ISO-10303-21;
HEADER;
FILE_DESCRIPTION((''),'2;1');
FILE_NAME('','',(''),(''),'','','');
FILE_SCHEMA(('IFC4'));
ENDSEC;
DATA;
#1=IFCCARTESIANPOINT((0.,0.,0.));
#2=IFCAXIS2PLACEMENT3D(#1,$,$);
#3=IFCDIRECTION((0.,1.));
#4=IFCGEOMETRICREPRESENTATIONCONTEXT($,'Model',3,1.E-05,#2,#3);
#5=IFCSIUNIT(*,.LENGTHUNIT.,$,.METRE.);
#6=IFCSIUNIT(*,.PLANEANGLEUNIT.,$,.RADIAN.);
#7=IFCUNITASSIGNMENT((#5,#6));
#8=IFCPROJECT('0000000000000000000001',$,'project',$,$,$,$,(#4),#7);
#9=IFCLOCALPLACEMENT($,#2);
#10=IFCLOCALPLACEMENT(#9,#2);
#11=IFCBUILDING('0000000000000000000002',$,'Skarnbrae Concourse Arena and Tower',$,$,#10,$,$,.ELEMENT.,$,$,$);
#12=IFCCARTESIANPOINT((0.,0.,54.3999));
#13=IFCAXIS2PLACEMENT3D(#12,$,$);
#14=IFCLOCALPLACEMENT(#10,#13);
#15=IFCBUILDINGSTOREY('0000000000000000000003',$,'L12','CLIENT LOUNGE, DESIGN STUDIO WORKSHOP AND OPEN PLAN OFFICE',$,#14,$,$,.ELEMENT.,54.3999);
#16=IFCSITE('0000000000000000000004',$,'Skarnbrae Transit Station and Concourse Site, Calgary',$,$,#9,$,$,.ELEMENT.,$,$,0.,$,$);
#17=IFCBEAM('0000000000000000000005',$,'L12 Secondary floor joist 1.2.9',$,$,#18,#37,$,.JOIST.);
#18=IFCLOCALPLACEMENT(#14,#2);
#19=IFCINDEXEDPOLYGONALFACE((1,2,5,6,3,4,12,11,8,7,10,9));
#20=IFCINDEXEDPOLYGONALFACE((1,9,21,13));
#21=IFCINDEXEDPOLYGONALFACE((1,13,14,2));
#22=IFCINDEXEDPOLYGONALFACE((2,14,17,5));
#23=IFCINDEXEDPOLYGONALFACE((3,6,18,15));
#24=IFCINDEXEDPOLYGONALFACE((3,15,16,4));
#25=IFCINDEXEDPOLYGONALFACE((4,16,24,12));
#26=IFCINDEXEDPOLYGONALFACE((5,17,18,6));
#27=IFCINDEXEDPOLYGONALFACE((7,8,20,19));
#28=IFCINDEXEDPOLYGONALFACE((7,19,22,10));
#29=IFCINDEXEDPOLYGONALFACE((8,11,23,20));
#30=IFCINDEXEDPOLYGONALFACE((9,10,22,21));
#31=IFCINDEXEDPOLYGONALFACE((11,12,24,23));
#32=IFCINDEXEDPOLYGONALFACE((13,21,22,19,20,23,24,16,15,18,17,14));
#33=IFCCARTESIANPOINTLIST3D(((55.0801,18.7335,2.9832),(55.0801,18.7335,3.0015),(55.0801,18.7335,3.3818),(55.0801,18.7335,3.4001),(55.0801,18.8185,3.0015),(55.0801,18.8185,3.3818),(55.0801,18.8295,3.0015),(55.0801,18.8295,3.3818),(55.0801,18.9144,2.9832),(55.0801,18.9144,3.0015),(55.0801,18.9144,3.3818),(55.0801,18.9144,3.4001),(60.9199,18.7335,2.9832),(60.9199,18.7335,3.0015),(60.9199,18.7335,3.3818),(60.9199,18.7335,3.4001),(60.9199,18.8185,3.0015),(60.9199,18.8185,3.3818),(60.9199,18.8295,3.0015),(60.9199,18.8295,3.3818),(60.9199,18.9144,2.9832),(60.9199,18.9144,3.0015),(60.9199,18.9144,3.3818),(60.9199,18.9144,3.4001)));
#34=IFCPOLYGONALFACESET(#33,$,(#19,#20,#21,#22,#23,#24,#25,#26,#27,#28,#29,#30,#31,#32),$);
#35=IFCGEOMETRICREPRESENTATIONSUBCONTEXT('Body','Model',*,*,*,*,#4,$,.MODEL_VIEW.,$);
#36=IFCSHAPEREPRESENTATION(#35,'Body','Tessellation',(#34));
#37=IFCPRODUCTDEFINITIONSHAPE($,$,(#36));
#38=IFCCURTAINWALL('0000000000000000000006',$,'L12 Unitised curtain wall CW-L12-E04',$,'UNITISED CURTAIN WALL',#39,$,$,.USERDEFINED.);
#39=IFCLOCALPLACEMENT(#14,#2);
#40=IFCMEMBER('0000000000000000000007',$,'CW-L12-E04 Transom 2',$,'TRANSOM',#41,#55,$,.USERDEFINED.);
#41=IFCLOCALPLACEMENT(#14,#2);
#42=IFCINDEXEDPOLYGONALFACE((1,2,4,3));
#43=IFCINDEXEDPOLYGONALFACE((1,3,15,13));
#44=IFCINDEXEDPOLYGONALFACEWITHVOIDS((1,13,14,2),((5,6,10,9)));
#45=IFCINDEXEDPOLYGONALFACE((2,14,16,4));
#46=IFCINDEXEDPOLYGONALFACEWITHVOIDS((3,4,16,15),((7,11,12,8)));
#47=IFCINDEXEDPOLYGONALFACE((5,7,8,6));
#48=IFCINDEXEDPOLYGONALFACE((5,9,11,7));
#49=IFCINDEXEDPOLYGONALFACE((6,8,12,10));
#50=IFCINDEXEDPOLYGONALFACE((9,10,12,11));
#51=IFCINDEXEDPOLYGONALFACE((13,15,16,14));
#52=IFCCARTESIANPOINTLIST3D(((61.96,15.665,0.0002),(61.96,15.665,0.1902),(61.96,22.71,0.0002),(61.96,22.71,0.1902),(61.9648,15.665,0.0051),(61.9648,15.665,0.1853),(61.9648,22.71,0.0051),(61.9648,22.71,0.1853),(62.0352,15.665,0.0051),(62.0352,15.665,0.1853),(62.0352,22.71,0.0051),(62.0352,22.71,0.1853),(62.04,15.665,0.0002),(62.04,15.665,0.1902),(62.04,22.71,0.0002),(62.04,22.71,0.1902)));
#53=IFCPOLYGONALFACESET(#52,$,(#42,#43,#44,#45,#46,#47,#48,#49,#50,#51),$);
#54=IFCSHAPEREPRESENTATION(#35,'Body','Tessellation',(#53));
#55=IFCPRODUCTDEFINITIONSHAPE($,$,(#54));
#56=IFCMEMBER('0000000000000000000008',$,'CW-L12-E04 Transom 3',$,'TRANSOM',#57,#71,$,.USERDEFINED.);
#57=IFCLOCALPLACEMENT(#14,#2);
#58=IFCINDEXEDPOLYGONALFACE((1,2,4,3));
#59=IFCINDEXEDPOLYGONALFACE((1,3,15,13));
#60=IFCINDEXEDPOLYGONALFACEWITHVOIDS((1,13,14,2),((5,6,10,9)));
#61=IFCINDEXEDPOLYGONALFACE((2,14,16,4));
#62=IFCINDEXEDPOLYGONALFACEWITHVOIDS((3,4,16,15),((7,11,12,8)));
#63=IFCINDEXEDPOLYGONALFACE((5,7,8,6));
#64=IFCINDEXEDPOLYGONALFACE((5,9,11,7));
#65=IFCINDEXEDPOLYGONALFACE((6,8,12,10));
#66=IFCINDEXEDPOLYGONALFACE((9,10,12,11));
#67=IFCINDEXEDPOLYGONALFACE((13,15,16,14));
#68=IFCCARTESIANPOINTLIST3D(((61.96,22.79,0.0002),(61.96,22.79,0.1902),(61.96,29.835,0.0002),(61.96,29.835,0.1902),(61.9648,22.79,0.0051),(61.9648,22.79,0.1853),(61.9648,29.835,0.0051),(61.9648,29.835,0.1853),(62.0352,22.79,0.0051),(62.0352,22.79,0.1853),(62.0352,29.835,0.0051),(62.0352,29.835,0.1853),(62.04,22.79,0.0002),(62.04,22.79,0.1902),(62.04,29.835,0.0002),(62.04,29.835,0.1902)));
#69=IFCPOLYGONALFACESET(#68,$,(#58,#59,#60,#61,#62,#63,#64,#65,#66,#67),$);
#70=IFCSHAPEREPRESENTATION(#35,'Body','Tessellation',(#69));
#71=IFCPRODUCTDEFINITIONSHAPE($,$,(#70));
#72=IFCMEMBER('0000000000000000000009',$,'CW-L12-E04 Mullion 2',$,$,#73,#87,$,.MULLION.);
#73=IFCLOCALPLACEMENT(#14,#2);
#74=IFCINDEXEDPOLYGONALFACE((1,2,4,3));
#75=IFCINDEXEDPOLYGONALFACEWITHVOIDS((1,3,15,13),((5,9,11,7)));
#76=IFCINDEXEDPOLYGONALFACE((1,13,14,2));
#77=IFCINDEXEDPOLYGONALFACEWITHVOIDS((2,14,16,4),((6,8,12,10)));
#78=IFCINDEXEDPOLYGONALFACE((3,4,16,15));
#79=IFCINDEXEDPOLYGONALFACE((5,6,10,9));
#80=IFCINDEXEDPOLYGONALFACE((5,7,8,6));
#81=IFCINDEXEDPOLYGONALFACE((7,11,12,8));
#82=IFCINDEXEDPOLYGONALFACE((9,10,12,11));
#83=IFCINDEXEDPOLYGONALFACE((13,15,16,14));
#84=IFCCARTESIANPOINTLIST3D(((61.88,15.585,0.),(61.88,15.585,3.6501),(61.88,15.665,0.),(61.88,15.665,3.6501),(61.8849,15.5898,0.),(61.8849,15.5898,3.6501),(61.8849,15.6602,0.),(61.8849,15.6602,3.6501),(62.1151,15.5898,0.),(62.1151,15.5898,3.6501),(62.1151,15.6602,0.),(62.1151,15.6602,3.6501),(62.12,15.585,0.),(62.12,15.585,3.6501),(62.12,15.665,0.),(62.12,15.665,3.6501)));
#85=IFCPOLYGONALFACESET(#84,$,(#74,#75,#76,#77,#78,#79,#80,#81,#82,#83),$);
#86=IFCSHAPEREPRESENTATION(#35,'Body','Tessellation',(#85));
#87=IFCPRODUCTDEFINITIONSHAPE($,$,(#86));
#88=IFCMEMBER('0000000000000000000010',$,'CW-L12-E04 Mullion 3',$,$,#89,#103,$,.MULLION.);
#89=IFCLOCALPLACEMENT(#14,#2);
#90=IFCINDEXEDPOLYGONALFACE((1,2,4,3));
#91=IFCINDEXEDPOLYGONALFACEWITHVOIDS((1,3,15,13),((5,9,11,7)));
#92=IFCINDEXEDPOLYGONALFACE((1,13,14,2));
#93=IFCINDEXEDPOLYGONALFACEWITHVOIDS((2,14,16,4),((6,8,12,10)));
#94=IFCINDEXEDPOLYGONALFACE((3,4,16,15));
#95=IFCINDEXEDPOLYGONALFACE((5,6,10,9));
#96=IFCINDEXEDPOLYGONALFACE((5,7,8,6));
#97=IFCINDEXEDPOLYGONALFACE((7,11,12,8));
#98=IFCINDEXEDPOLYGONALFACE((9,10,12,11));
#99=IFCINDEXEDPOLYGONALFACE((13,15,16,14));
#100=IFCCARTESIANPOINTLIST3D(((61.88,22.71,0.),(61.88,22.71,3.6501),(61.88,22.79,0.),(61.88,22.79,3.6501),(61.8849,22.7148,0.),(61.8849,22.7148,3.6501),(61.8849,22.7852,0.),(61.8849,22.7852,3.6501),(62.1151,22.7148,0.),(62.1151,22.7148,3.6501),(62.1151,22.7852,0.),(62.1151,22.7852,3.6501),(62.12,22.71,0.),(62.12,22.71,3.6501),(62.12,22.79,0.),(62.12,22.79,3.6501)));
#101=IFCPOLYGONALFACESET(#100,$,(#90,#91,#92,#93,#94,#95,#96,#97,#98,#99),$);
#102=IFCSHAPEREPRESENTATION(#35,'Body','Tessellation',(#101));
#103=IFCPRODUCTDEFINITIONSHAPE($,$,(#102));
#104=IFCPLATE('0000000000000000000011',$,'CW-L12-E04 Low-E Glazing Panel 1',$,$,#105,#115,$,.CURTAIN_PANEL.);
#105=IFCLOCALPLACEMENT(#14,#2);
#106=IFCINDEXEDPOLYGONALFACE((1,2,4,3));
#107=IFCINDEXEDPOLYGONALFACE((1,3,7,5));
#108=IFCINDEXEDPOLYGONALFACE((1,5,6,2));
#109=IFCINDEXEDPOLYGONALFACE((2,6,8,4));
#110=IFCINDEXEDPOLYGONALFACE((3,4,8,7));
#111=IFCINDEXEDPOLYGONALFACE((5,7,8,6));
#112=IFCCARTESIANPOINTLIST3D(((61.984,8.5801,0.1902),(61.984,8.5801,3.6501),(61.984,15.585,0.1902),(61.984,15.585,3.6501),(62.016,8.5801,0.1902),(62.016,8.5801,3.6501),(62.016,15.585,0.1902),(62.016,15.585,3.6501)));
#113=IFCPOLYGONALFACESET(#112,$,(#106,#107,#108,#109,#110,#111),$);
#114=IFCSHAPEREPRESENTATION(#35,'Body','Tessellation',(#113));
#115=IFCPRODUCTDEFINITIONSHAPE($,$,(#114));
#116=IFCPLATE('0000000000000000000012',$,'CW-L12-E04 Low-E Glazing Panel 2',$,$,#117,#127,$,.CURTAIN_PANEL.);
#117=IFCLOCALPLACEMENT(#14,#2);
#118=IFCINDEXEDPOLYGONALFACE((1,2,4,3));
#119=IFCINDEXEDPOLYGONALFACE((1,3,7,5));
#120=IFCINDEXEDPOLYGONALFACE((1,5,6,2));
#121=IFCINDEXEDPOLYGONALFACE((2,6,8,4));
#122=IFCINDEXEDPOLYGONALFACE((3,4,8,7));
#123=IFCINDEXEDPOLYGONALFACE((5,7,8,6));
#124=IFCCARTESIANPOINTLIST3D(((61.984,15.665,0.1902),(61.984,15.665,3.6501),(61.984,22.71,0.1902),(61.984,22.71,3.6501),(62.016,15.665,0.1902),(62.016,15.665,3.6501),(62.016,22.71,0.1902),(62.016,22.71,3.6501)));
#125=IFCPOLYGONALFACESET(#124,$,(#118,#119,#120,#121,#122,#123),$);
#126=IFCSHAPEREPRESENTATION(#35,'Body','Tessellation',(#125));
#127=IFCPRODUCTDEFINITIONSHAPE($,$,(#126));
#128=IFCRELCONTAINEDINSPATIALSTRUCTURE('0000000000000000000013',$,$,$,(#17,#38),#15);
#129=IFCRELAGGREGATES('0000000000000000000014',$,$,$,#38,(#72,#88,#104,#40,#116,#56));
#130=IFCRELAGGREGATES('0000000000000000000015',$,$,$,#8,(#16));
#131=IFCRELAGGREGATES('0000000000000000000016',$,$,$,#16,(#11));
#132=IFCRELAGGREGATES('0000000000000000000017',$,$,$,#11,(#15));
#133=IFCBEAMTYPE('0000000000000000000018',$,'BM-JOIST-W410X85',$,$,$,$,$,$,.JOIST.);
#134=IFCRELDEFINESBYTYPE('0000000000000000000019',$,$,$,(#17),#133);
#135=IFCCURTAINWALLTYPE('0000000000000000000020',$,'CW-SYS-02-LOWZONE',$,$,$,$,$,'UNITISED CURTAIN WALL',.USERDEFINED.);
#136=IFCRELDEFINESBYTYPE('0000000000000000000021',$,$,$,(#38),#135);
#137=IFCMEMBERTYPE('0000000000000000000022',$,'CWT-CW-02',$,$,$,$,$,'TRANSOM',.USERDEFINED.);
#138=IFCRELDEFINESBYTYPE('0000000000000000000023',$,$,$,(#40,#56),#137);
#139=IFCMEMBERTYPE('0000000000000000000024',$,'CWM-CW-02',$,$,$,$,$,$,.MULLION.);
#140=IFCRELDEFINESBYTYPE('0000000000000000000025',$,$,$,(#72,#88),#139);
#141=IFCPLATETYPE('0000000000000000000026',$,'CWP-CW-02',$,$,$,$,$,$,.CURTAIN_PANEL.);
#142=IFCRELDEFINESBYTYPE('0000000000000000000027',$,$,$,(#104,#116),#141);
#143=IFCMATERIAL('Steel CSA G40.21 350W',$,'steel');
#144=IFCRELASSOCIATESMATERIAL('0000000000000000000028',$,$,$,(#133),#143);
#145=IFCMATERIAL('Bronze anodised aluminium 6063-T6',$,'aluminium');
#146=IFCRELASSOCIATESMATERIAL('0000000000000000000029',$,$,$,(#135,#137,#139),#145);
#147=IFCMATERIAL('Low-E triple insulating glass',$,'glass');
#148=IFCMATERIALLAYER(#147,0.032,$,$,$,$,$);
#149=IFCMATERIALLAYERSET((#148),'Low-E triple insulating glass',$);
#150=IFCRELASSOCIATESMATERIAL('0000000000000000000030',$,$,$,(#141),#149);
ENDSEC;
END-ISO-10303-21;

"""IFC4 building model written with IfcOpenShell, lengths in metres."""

from ifc_helpers import new_model, si_unit, direction, frame, origin, origin_2d, place, context, subcontext, project, spatial, rectangle, hollow_rectangle, i_section, extrude, source, transform, mapped, material, layer, layer_set, material_profile, profile_set, type_object, element, aggregate, save


model = new_model("IFC4")

# Units and contexts
model_context = context("Model", 3, precision=1e-05, world=origin(), true_north=direction((0.0, 1.0)))
body_context = subcontext(model_context, "Body", "Model", "MODEL_VIEW")
ifc_project = project(units=[si_unit("LENGTHUNIT", "METRE"), si_unit("PLANEANGLEUNIT", "RADIAN")], contexts=[model_context])

# Site, building, storey
site_placement = place(None, origin())
site = spatial("IfcSite", under=ifc_project, at=site_placement, Name="Skarnbrae Transit Station and Concourse Site, Calgary", CompositionType="ELEMENT", RefElevation=0.0)
building_placement = place(site_placement, origin())
building = spatial("IfcBuilding", under=site, at=building_placement, Name="Skarnbrae Concourse Arena and Tower", CompositionType="ELEMENT")
storey_placement = place(building_placement, frame((0.0, 0.0, 54.3999)))
storey = spatial("IfcBuildingStorey", under=building, at=storey_placement, Name="L12", Description="CLIENT LOUNGE, DESIGN STUDIO WORKSHOP AND OPEN PLAN OFFICE", CompositionType="ELEMENT", Elevation=54.3999)

# Shared definitions
ifc_material_1 = material(Name="Steel CSA G40.21 350W", Category="steel")

# Beam
ifc_material_profile_1 = material_profile(ifc_material_1, i_section(OverallWidth=0.1809, OverallDepth=0.417, WebThickness=0.011, FlangeThickness=0.0183, at=origin_2d()), Name="W410X85")
ifc_profile_set_1 = profile_set([ifc_material_profile_1], Name="Steel CSA G40.21 350W")
beam_type_1 = type_object("IfcBeamType", Name="BM-JOIST-W410X85", PredefinedType="JOIST", material=ifc_profile_set_1)
shared_shape_1 = source(origin(), body_context, "Body", "SweptSolid", [
    extrude(i_section(OverallWidth=0.1809, OverallDepth=0.417, WebThickness=0.011, FlangeThickness=0.0183, at=origin_2d()), origin(), (0.0, 0.0, 1.0), 5.8398),
])
for number, where, z_axis, x_axis, name in (
    (1, (55.0801, 18.824, 3.1917), (1.0, 0.0, 0.0), (0.0, 1.0, 0.0), "L12 Secondary floor joist 1.2.9"),
):
    element("IfcBeam", number, at=place(storey_placement, frame(where, z_axis=z_axis, x_axis=x_axis)), inside=storey, type_object=beam_type_1, Name=name, PredefinedType="JOIST", context=body_context, shape_type="MappedRepresentation", body=[
        mapped(shared_shape_1, transform((0.0, 0.0, 0.0))),
    ])

# Curtain wall, members, plates
ifc_material_2 = material(Name="Bronze anodised aluminium 6063-T6", Category="aluminium")
curtain_wall_type = type_object("IfcCurtainWallType", Name="CW-SYS-02-LOWZONE", ElementType="UNITISED CURTAIN WALL", PredefinedType="USERDEFINED", material=ifc_material_2)
curtain_wall_placement = place(storey_placement, origin())
curtain_wall = element("IfcCurtainWall", 2, at=curtain_wall_placement, inside=storey, type_object=curtain_wall_type, Name="L12 Unitised curtain wall CW-L12-E04", ObjectType="UNITISED CURTAIN WALL", PredefinedType="USERDEFINED")
ifc_material_profile_2 = material_profile(ifc_material_2, hollow_rectangle(XDim=0.0801, YDim=0.1899, WallThickness=0.0049, at=origin_2d()), Name="ALU-TRAN-80X190")
ifc_profile_set_2 = profile_set([ifc_material_profile_2], Name="Bronze anodised aluminium 6063-T6")
member_type_1 = type_object("IfcMemberType", Name="CWT-CW-02", ElementType="TRANSOM", PredefinedType="USERDEFINED", material=ifc_profile_set_2)
shared_shape_2 = source(origin(), body_context, "Body", "SweptSolid", [
    extrude(hollow_rectangle(XDim=0.0801, YDim=0.1899, WallThickness=0.0049, at=origin_2d()), origin(), (0.0, 0.0, 1.0), 7.0449),
])
member_1_placement = place(storey_placement, frame((62.0, 15.665, 0.0952), z_axis=(0.0, 1.0, 0.0), x_axis=(-1.0, 0.0, 0.0)))
member_1 = element("IfcMember", 3, at=member_1_placement, type_object=member_type_1, Name="CW-L12-E04 Transom 2", ObjectType="TRANSOM", PredefinedType="USERDEFINED", context=body_context, shape_type="MappedRepresentation", body=[
    mapped(shared_shape_2, transform((0.0, 0.0, 0.0))),
])
member_2_placement = place(storey_placement, frame((62.0, 22.79, 0.0952), z_axis=(0.0, 1.0, 0.0), x_axis=(-1.0, 0.0, 0.0)))
member_2 = element("IfcMember", 4, at=member_2_placement, type_object=member_type_1, Name="CW-L12-E04 Transom 3", ObjectType="TRANSOM", PredefinedType="USERDEFINED", context=body_context, shape_type="MappedRepresentation", body=[
    mapped(shared_shape_2, transform((0.0, 0.0, 0.0))),
])
ifc_material_profile_3 = material_profile(ifc_material_2, hollow_rectangle(XDim=0.0801, YDim=0.24, WallThickness=0.0049, at=origin_2d()), Name="ALU-MULL-80X240")
ifc_profile_set_3 = profile_set([ifc_material_profile_3], Name="Bronze anodised aluminium 6063-T6")
member_type_2 = type_object("IfcMemberType", Name="CWM-CW-02", PredefinedType="MULLION", material=ifc_profile_set_3)
shared_shape_3 = source(origin(), body_context, "Body", "SweptSolid", [
    extrude(hollow_rectangle(XDim=0.0801, YDim=0.24, WallThickness=0.0049, at=origin_2d()), origin(), (0.0, 0.0, 1.0), 3.6501),
])
member_3_placement = place(storey_placement, frame((62.0, 15.625, 0.0), z_axis=(0.0, 0.0, 1.0), x_axis=(0.0, 1.0, 0.0)))
member_3 = element("IfcMember", 5, at=member_3_placement, type_object=member_type_2, Name="CW-L12-E04 Mullion 2", PredefinedType="MULLION", context=body_context, shape_type="MappedRepresentation", body=[
    mapped(shared_shape_3, transform((0.0, 0.0, 0.0))),
])
member_4_placement = place(storey_placement, frame((62.0, 22.75, 0.0), z_axis=(0.0, 0.0, 1.0), x_axis=(0.0, 1.0, 0.0)))
member_4 = element("IfcMember", 6, at=member_4_placement, type_object=member_type_2, Name="CW-L12-E04 Mullion 3", PredefinedType="MULLION", context=body_context, shape_type="MappedRepresentation", body=[
    mapped(shared_shape_3, transform((0.0, 0.0, 0.0))),
])
ifc_material_3 = material(Name="Low-E triple insulating glass", Category="glass")
ifc_layer = layer(ifc_material_3, 0.032)
ifc_layer_set = layer_set([ifc_layer], Name="Low-E triple insulating glass")
plate_type = type_object("IfcPlateType", Name="CWP-CW-02", PredefinedType="CURTAIN_PANEL", material=ifc_layer_set)
shared_shape_4 = source(origin(), body_context, "Body", "SweptSolid", [
    extrude(rectangle(XDim=7.0049, YDim=0.032, at=origin_2d()), origin(), (0.0, 0.0, 1.0), 3.46),
])
plate_1_placement = place(storey_placement, frame((62.0, 12.0825, 0.1902), z_axis=(0.0, 0.0, 1.0), x_axis=(0.0, 1.0, 0.0)))
plate_1 = element("IfcPlate", 7, at=plate_1_placement, type_object=plate_type, Name="CW-L12-E04 Low-E Glazing Panel 1", PredefinedType="CURTAIN_PANEL", context=body_context, shape_type="MappedRepresentation", body=[
    mapped(shared_shape_4, transform((0.0, 0.0, 0.0))),
])
shared_shape_5 = source(origin(), body_context, "Body", "SweptSolid", [
    extrude(rectangle(XDim=7.0449, YDim=0.032, at=origin_2d()), origin(), (0.0, 0.0, 1.0), 3.46),
])
plate_2_placement = place(storey_placement, frame((62.0, 19.1875, 0.1902), z_axis=(0.0, 0.0, 1.0), x_axis=(0.0, 1.0, 0.0)))
plate_2 = element("IfcPlate", 8, at=plate_2_placement, type_object=plate_type, Name="CW-L12-E04 Low-E Glazing Panel 2", PredefinedType="CURTAIN_PANEL", context=body_context, shape_type="MappedRepresentation", body=[
    mapped(shared_shape_5, transform((0.0, 0.0, 0.0))),
])
aggregate(curtain_wall, [member_3, member_4, plate_1, member_1, plate_2, member_2])

save(model, "model.ifc")
